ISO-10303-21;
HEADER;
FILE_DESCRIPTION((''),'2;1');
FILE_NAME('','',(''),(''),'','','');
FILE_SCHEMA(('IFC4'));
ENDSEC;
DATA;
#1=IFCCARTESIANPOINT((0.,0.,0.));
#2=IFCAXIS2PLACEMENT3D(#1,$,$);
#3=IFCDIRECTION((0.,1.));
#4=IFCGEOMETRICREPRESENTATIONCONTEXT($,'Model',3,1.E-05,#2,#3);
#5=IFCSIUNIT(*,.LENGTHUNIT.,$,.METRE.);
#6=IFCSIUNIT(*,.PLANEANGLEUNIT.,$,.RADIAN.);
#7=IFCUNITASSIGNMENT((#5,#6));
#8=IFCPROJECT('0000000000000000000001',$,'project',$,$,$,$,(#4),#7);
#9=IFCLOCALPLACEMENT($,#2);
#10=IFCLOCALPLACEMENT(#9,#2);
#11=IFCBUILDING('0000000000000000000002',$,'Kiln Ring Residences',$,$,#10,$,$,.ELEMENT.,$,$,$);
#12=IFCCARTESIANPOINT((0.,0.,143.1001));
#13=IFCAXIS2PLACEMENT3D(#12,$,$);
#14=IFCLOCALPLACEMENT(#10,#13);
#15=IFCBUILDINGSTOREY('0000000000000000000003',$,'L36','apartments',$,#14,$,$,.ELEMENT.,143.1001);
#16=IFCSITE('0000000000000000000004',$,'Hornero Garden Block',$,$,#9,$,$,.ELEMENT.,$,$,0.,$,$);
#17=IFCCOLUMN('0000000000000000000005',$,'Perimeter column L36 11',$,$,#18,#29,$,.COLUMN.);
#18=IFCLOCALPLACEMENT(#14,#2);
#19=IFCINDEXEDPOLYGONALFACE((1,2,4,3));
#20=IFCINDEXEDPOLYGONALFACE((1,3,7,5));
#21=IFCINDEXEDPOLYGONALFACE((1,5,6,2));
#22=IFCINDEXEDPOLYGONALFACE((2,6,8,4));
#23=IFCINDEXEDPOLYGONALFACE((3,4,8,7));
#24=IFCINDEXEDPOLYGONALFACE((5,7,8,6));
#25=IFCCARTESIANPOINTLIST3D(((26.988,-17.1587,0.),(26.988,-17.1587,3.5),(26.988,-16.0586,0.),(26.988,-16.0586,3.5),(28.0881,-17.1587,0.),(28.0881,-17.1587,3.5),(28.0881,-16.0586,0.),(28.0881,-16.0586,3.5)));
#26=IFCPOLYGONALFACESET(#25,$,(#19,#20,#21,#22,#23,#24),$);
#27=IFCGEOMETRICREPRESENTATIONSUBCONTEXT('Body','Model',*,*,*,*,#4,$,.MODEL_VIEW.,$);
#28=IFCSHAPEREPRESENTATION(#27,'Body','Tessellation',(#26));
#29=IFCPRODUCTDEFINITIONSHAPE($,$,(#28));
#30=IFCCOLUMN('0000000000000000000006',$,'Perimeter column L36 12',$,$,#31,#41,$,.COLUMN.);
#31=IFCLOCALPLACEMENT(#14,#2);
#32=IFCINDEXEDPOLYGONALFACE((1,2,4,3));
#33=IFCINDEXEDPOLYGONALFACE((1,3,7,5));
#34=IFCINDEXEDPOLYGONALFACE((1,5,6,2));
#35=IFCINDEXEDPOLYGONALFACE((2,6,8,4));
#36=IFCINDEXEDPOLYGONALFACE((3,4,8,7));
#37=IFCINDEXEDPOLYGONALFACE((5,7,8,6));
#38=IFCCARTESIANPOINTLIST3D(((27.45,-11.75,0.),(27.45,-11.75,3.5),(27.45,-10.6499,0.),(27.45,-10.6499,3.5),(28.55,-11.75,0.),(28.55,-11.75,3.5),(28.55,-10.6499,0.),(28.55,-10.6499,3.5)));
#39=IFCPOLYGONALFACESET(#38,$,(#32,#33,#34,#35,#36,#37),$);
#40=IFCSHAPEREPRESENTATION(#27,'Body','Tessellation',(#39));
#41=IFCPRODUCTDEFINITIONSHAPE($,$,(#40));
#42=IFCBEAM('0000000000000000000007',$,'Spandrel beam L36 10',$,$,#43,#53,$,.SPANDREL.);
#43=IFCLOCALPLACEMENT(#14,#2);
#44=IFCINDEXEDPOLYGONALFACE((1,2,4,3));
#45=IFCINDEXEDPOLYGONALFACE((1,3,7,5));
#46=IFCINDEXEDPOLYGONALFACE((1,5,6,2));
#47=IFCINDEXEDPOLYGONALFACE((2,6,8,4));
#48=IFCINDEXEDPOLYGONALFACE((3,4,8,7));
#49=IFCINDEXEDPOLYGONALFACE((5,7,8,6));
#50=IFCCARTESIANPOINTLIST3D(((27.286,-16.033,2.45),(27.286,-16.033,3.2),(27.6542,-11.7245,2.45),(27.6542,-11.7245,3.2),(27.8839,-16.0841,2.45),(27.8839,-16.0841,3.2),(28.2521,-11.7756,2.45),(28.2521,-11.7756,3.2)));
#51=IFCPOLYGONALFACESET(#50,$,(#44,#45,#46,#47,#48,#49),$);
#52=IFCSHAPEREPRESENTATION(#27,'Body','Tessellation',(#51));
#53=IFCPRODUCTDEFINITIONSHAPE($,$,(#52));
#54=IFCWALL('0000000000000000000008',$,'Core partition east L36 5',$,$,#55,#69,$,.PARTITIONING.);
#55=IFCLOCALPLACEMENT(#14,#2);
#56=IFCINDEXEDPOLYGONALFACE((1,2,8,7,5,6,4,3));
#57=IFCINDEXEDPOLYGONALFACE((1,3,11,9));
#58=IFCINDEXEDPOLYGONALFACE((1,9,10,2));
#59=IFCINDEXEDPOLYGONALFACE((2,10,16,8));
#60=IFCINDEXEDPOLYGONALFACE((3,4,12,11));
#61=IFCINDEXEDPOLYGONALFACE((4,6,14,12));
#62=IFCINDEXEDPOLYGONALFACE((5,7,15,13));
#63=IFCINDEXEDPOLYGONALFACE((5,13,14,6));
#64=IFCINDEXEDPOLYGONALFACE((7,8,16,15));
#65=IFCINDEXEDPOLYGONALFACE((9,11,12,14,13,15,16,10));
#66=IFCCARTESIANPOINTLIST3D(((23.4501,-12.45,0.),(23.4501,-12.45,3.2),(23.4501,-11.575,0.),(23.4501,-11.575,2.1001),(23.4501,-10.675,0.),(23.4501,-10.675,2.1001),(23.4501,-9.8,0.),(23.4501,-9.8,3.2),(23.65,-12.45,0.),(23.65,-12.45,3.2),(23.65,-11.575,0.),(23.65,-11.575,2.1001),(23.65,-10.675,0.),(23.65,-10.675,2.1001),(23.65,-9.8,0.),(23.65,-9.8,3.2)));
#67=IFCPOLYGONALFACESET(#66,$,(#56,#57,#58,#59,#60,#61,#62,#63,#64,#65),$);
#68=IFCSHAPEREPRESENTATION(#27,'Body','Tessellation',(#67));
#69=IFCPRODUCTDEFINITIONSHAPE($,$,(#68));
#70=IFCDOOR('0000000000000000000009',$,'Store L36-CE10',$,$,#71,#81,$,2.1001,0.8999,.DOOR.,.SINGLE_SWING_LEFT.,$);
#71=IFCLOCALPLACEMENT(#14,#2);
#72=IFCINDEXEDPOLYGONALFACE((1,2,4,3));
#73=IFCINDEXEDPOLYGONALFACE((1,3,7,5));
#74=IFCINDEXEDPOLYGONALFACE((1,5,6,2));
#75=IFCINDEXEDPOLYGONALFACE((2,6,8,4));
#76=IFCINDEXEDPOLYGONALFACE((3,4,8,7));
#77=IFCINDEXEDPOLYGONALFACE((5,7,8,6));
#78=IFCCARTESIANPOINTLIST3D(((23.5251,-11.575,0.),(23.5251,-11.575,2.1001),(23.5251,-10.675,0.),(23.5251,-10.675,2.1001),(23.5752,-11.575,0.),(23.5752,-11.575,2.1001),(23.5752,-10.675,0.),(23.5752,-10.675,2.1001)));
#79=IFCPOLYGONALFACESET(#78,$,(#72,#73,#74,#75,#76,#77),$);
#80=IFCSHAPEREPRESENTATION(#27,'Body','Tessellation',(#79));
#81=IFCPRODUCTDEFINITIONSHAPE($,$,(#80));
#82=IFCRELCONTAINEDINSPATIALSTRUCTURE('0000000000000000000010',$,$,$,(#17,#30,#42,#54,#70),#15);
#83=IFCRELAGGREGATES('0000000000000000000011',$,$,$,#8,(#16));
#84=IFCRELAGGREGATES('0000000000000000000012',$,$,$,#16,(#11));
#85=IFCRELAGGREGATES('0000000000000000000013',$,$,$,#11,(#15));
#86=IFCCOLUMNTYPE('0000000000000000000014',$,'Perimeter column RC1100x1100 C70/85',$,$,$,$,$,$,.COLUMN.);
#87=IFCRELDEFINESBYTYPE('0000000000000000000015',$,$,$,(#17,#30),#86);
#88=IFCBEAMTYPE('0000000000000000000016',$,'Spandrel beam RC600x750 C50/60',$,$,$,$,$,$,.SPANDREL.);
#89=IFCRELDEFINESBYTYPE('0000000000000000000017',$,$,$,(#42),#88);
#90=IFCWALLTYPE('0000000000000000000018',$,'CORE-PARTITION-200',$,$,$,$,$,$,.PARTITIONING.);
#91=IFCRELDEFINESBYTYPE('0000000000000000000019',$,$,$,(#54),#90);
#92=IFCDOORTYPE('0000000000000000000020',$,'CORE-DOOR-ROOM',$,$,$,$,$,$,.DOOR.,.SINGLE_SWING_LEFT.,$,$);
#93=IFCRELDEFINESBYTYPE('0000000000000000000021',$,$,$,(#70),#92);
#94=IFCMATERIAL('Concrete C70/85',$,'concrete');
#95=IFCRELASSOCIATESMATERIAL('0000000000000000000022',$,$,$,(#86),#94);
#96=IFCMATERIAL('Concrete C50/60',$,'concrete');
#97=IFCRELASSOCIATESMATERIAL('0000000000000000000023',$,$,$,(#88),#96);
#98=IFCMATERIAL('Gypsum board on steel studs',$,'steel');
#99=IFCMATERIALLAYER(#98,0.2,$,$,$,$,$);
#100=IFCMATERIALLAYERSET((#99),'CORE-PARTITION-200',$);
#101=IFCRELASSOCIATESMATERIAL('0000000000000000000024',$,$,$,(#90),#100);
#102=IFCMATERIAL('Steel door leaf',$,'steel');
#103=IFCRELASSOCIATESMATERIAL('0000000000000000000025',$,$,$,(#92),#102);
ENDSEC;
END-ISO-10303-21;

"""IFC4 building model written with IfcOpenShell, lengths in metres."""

from ifc_helpers import new_model, si_unit, direction, frame, frame_2d, origin, origin_2d, place, context, subcontext, project, spatial, rectangle, extrude, material, layer, layer_set, material_profile, profile_set, type_object, element, fill, save


model = new_model("IFC4")

# Units and contexts
model_context = context("Model", 3, precision=1e-05, world=origin(), true_north=direction((0.0, 1.0)))
body_context = subcontext(model_context, "Body", "Model", "MODEL_VIEW")
ifc_project = project(units=[si_unit("LENGTHUNIT", "METRE"), si_unit("PLANEANGLEUNIT", "RADIAN")], contexts=[model_context])

# Site, building, storey
site_placement = place(None, origin())
site = spatial("IfcSite", under=ifc_project, at=site_placement, Name="Hornero Garden Block", CompositionType="ELEMENT", RefElevation=0.0)
building_placement = place(site_placement, origin())
building = spatial("IfcBuilding", under=site, at=building_placement, Name="Kiln Ring Residences", CompositionType="ELEMENT")
storey_placement = place(building_placement, frame((0.0, 0.0, 143.1001)))
storey = spatial("IfcBuildingStorey", under=building, at=storey_placement, Name="L36", Description="apartments", CompositionType="ELEMENT", Elevation=143.1001)

# Columns
ifc_material_1 = material(Name="Concrete C70/85", Category="concrete")
ifc_material_profile_1 = material_profile(ifc_material_1, rectangle(XDim=1.1001, YDim=1.1001, at=origin_2d()), Name="RC1100x1100")
ifc_profile_set_1 = profile_set([ifc_material_profile_1], Name="Concrete C70/85")
column_type = type_object("IfcColumnType", Name="Perimeter column RC1100x1100 C70/85", PredefinedType="COLUMN", material=ifc_profile_set_1)
for number, where, z_axis, x_axis, name in (
    (1, (27.5381, -16.6086, 0.0), (0.0, 0.0, 1.0), (1.0, 0.0, 0.0), "Perimeter column L36 11"),
    (2, (28.0, -11.2, 0.0), (0.0, 0.0, 1.0), (1.0, 0.0, 0.0), "Perimeter column L36 12"),
):
    element("IfcColumn", number, at=place(storey_placement, frame(where, z_axis=z_axis, x_axis=x_axis)), inside=storey, type_object=column_type, Name=name, PredefinedType="COLUMN", context=body_context, shape_type="SweptSolid", body=[
        extrude(rectangle(XDim=1.1001, YDim=1.1001, at=origin_2d()), origin(), (0.0, 0.0, 1.0), 3.5),
    ])

# Beam
ifc_material_2 = material(Name="Concrete C50/60", Category="concrete")
ifc_material_profile_2 = material_profile(ifc_material_2, rectangle(XDim=0.6001, YDim=0.75, at=origin_2d()), Name="RC600x750")
ifc_profile_set_2 = profile_set([ifc_material_profile_2], Name="Concrete C50/60")
beam_type = type_object("IfcBeamType", Name="Spandrel beam RC600x750 C50/60", PredefinedType="SPANDREL", material=ifc_profile_set_2)
beam_placement = place(storey_placement, frame((27.585, -16.0586, 2.825), z_axis=(0.085139, 0.996369, 0.0), x_axis=(-0.996369, 0.085139, 0.0)))
element("IfcBeam", 3, at=beam_placement, inside=storey, type_object=beam_type, Name="Spandrel beam L36 10", PredefinedType="SPANDREL", context=body_context, shape_type="SweptSolid", body=[
    extrude(rectangle(XDim=0.6001, YDim=0.75, at=origin_2d()), origin(), (0.0, 0.0, 1.0), 4.3242),
])

# Wall, opening, door
ifc_material_3 = material(Name="Gypsum board on steel studs", Category="steel")
ifc_layer_1 = layer(ifc_material_3, 0.2)
ifc_layer_set_1 = layer_set([ifc_layer_1], Name="CORE-PARTITION-200")
wall_type_1 = type_object("IfcWallType", Name="CORE-PARTITION-200", PredefinedType="PARTITIONING", material=ifc_layer_set_1)
wall_1_placement = place(storey_placement, frame((23.55, -12.45, 0.0), z_axis=(0.0, 0.0, 1.0), x_axis=(0.0, 1.0, 0.0)))
wall_1 = element("IfcWall", 4, at=wall_1_placement, inside=storey, type_object=wall_type_1, Name="Core partition east L36 5", PredefinedType="PARTITIONING", context=body_context, shape_type="SweptSolid", body=[
    extrude(rectangle(XDim=2.6499, YDim=0.2, at=frame_2d((1.325, 0.0))), origin(), (0.0, 0.0, 1.0), 3.2),
])
opening_1_placement = place(wall_1_placement, frame((0.875, 0.0, 0.0)))
opening_1 = element("IfcOpeningElement", 5, at=opening_1_placement, cuts=wall_1, PredefinedType="OPENING", context=body_context, shape_type="SweptSolid", body=[
    extrude(rectangle(XDim=0.8999, YDim=2.1001, at=frame_2d((0.45, 1.05))), frame((0.0, 0.1099, 0.0), z_axis=(0.0, -1.0, 0.0), x_axis=(1.0, 0.0, 0.0)), (0.0, 0.0, 1.0), 0.22),
])
ifc_material_4 = material(Name="Steel door leaf", Category="steel")
door_type_1 = type_object("IfcDoorType", Name="CORE-DOOR-ROOM", OperationType="SINGLE_SWING_LEFT", PredefinedType="DOOR", material=ifc_material_4)
door_1_placement = place(opening_1_placement, origin())
door_1 = element("IfcDoor", 6, at=door_1_placement, inside=storey, type_object=door_type_1, Name="Store L36-CE10", OperationType="SINGLE_SWING_LEFT", OverallHeight=2.1001, OverallWidth=0.8999, PredefinedType="DOOR", context=body_context, shape_type="SweptSolid", body=[
    extrude(rectangle(XDim=0.8999, YDim=2.1001, at=frame_2d((0.45, 1.05))), frame((0.0, 0.0249, 0.0), z_axis=(0.0, -1.0, 0.0), x_axis=(1.0, 0.0, 0.0)), (0.0, 0.0, 1.0), 0.05),
])
fill(opening_1, door_1)

save(model, "model.ifc")
